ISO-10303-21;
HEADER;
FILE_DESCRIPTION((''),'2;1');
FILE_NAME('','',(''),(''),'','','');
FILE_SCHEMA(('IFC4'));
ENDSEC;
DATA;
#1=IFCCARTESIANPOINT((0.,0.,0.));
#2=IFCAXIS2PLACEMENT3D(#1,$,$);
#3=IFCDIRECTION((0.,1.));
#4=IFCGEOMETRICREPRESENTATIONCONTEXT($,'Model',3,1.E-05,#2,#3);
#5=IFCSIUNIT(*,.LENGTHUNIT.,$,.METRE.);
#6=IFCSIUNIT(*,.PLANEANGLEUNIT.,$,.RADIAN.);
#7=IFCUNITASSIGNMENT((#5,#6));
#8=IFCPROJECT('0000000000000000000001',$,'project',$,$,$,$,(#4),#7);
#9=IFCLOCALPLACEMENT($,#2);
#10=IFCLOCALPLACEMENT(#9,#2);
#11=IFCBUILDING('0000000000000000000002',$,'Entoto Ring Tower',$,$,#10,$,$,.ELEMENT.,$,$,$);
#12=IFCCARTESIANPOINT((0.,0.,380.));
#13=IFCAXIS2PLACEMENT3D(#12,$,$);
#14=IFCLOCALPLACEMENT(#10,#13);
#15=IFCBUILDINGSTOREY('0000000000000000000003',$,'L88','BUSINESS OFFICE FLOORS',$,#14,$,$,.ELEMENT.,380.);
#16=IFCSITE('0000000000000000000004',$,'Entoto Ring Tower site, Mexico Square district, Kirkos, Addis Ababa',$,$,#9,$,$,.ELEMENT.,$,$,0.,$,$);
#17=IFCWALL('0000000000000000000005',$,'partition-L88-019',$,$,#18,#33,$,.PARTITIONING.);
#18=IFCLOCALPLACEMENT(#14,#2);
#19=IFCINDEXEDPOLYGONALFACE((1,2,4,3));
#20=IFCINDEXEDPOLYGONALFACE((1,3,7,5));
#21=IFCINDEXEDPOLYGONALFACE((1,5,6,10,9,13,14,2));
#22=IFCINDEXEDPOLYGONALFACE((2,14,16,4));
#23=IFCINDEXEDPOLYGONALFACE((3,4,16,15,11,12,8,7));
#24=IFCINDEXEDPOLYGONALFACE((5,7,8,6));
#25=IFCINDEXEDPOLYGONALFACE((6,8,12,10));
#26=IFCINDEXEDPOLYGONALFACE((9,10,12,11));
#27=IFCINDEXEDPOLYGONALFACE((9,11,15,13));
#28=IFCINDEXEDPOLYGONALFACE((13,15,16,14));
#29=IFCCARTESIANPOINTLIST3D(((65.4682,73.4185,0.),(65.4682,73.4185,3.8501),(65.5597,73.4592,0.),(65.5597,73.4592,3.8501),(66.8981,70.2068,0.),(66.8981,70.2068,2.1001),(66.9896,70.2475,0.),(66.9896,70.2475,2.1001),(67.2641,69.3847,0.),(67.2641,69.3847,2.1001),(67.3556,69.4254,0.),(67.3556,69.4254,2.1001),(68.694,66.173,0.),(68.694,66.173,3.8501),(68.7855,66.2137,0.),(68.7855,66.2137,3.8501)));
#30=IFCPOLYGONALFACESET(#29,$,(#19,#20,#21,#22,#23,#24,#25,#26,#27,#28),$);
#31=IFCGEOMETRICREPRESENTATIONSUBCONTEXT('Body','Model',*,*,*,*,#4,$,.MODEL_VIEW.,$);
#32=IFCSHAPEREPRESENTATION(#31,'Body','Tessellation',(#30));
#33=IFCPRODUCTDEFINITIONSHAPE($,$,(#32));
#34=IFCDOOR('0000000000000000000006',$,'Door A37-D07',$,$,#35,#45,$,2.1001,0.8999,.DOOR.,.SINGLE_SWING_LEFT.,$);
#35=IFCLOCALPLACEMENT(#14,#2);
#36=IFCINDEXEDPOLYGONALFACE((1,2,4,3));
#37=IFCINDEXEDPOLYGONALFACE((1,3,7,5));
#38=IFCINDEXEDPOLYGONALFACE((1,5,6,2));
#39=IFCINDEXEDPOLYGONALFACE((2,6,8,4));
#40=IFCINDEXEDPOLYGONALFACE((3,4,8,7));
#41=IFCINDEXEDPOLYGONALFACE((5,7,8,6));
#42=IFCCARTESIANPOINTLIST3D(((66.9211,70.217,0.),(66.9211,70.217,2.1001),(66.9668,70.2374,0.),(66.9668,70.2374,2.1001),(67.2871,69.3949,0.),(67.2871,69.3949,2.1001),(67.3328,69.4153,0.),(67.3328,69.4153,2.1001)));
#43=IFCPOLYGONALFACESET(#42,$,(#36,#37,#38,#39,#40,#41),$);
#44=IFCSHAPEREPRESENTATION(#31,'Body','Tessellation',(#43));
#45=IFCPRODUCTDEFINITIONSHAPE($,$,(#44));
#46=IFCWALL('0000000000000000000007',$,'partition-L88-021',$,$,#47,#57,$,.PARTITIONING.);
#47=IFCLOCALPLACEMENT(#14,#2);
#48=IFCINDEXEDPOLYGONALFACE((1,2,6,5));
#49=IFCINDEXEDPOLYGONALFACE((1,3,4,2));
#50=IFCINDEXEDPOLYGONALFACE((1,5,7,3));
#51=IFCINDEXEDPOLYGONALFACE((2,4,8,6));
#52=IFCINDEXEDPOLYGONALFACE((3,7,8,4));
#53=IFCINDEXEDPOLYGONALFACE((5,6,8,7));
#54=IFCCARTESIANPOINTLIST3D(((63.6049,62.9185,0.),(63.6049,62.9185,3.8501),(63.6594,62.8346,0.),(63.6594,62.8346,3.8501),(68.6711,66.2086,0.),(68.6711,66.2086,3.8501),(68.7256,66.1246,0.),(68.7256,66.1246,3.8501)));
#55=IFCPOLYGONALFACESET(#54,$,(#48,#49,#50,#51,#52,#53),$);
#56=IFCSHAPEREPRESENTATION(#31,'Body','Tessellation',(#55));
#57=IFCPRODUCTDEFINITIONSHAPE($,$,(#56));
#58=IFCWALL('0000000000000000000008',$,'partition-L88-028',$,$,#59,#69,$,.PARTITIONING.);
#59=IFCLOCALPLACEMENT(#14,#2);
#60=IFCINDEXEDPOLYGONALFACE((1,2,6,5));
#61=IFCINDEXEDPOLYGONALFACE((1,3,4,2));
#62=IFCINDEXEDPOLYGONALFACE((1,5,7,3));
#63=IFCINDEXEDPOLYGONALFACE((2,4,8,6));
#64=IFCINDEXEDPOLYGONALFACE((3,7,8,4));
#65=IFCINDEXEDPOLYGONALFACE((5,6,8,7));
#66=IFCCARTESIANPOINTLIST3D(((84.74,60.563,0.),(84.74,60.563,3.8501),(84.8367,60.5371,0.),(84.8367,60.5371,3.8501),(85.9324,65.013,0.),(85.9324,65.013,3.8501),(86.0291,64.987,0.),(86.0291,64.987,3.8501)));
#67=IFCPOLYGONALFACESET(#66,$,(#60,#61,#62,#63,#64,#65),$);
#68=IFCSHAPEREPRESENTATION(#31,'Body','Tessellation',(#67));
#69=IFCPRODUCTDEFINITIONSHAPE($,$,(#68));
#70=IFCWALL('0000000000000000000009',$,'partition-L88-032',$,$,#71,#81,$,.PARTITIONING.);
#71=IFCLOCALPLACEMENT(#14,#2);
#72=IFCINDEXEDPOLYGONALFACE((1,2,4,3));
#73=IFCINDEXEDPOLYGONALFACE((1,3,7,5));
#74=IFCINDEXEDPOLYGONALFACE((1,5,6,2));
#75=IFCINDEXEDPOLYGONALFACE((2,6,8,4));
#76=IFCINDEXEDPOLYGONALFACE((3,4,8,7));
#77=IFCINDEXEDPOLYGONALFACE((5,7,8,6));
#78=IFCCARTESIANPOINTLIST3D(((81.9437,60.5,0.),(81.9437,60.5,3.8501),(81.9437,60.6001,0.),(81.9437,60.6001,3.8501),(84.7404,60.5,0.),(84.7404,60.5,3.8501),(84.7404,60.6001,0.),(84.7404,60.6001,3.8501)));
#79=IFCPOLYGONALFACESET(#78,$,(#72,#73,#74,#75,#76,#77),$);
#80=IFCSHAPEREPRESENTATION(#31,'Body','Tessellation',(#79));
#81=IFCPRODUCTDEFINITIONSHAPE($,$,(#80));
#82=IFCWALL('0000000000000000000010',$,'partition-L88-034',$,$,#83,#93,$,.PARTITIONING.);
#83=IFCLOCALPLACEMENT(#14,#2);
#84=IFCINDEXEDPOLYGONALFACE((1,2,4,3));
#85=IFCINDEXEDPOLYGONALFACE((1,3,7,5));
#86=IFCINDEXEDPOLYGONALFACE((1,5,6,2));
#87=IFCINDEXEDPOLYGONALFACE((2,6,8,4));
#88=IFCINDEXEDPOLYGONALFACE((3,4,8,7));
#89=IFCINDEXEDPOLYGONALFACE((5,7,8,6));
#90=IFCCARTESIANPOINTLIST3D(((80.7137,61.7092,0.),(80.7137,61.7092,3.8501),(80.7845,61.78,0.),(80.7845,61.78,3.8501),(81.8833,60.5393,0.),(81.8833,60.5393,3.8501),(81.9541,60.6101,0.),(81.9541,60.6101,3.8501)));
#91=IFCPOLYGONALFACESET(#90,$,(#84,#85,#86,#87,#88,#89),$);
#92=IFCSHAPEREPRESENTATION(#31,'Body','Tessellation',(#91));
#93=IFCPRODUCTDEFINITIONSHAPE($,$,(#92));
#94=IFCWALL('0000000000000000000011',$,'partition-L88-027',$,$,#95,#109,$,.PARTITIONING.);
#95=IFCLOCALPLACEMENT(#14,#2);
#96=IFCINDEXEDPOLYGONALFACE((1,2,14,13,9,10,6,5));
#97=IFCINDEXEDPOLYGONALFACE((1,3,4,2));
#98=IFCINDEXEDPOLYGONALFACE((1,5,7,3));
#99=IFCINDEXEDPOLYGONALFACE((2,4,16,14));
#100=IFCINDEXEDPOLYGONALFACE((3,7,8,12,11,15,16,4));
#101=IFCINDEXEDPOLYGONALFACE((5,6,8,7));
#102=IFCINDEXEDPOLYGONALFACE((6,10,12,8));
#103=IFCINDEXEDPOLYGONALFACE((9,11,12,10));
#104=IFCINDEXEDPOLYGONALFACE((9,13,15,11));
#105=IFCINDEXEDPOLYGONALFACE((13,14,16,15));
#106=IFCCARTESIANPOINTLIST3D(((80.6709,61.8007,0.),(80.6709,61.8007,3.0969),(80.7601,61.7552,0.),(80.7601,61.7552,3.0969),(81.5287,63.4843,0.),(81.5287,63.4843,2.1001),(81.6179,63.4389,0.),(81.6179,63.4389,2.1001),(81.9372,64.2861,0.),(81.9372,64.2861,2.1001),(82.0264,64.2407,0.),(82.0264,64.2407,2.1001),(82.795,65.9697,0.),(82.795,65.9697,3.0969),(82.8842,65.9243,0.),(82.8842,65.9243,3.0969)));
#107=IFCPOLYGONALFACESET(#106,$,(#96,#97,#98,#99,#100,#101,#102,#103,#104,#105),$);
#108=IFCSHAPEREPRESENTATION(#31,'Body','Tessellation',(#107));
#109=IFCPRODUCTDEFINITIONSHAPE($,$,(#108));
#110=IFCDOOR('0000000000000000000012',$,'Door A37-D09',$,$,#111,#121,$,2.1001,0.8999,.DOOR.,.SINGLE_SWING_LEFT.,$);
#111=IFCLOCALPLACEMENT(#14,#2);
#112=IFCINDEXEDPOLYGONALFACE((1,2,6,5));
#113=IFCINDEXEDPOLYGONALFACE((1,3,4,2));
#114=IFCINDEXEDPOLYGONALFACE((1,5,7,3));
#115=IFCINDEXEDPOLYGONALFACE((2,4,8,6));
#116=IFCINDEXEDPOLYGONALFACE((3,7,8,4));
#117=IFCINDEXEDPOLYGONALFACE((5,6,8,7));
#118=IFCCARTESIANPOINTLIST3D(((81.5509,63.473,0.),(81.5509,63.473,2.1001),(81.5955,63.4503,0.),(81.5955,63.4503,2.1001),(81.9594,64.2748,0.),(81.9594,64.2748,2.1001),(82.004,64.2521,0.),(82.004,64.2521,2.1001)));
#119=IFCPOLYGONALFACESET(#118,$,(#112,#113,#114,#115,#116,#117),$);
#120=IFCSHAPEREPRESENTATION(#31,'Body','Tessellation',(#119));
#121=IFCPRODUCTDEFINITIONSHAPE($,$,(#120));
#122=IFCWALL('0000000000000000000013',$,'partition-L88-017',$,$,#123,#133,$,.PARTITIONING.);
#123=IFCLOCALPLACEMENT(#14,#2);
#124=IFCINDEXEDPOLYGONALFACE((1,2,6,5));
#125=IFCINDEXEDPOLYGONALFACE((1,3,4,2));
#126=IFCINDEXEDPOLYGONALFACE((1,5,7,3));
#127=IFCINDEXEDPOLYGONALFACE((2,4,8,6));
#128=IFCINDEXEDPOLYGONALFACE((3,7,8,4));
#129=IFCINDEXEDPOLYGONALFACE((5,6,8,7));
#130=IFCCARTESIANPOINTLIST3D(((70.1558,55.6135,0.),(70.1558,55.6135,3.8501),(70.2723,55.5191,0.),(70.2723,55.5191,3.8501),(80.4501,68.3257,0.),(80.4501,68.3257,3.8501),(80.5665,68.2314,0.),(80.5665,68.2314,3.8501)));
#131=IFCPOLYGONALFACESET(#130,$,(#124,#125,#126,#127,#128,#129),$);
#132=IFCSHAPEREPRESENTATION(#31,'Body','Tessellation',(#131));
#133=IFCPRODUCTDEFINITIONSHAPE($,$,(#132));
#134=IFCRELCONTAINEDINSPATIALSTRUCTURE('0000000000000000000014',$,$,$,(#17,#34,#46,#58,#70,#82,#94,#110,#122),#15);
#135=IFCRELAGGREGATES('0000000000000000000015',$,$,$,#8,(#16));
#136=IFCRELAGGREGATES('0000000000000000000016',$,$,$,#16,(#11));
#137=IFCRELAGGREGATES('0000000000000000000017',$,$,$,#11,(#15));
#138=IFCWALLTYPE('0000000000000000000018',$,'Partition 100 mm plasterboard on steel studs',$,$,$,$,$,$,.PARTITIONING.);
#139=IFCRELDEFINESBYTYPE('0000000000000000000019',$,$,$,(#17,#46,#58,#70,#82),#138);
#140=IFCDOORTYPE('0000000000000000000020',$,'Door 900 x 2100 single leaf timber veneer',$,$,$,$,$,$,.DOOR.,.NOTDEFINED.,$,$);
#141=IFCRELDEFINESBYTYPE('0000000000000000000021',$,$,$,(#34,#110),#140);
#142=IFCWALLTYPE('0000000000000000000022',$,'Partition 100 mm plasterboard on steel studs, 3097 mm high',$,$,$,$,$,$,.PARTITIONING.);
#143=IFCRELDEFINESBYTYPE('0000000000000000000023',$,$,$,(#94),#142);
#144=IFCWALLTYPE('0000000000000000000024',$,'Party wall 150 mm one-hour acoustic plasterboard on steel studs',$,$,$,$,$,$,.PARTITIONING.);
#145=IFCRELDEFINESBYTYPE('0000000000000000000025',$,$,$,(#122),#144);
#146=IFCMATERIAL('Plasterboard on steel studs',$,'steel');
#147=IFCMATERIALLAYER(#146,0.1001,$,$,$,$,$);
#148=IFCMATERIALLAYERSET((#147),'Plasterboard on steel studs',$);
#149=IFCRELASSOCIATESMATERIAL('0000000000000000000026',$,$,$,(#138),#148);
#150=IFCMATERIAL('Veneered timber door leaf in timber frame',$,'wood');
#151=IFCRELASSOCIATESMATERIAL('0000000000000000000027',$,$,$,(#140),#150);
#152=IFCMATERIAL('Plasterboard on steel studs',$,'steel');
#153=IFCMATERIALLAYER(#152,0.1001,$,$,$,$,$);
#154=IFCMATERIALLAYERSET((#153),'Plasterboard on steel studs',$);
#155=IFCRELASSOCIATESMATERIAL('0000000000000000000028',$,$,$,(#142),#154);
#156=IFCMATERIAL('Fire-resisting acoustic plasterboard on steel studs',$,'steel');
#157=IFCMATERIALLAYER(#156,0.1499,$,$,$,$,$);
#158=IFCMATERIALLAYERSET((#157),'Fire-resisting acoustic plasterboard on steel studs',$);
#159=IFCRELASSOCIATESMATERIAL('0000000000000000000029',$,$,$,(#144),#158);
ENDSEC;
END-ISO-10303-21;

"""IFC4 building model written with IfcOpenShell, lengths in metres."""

from ifc_helpers import new_model, si_unit, direction, frame, frame_2d, origin, place, context, subcontext, project, spatial, rectangle, extrude, material, layer, layer_set, type_object, element, fill, save


model = new_model("IFC4")

# Units and contexts
model_context = context("Model", 3, precision=1e-05, world=origin(), true_north=direction((0.0, 1.0)))
body_context = subcontext(model_context, "Body", "Model", "MODEL_VIEW")
ifc_project = project(units=[si_unit("LENGTHUNIT", "METRE"), si_unit("PLANEANGLEUNIT", "RADIAN")], contexts=[model_context])

# Site, building, storey
site_placement = place(None, origin())
site = spatial("IfcSite", under=ifc_project, at=site_placement, Name="Entoto Ring Tower site, Mexico Square district, Kirkos, Addis Ababa", CompositionType="ELEMENT", RefElevation=0.0)
building_placement = place(site_placement, origin())
building = spatial("IfcBuilding", under=site, at=building_placement, Name="Entoto Ring Tower", CompositionType="ELEMENT")
storey_placement = place(building_placement, frame((0.0, 0.0, 380.0)))
storey = spatial("IfcBuildingStorey", under=building, at=storey_placement, Name="L88", Description="BUSINESS OFFICE FLOORS", CompositionType="ELEMENT", Elevation=380.0)

# Wall, opening, door
ifc_material_1 = material(Name="Plasterboard on steel studs", Category="steel")
ifc_layer_1 = layer(ifc_material_1, 0.1001)
ifc_layer_set_1 = layer_set([ifc_layer_1], Name="Plasterboard on steel studs")
wall_type_1 = type_object("IfcWallType", Name="Partition 100 mm plasterboard on steel studs", PredefinedType="PARTITIONING", material=ifc_layer_set_1)
wall_1_placement = place(storey_placement, frame((68.7397, 66.1934, 0.0), z_axis=(0.0, 0.0, 1.0), x_axis=(-0.406724, 0.913551, 0.0)))
wall_1 = element("IfcWall", 1, at=wall_1_placement, inside=storey, type_object=wall_type_1, Name="partition-L88-019", PredefinedType="PARTITIONING", context=body_context, shape_type="SweptSolid", body=[
    extrude(rectangle(XDim=7.9312, YDim=0.1001, at=frame_2d((3.9656, 0.0))), origin(), (0.0, 0.0, 1.0), 3.8501),
])
opening_1_placement = place(wall_1_placement, frame((3.5156, 0.0, 0.0)))
opening_1 = element("IfcOpeningElement", 2, at=opening_1_placement, cuts=wall_1, PredefinedType="OPENING", context=body_context, shape_type="SweptSolid", body=[
    extrude(rectangle(XDim=0.8999, YDim=2.1001, at=frame_2d((0.45, 1.05))), frame((0.0, 0.0601, 0.0), z_axis=(0.0, -1.0, 0.0), x_axis=(1.0, 0.0, 0.0)), (0.0, 0.0, 1.0), 0.1201),
])
ifc_material_2 = material(Name="Veneered timber door leaf in timber frame", Category="wood")
door_type_1 = type_object("IfcDoorType", Name="Door 900 x 2100 single leaf timber veneer", OperationType="NOTDEFINED", PredefinedType="DOOR", material=ifc_material_2)
door_1_placement = place(opening_1_placement, origin())
door_1 = element("IfcDoor", 3, at=door_1_placement, inside=storey, type_object=door_type_1, Name="Door A37-D07", OperationType="SINGLE_SWING_LEFT", OverallHeight=2.1001, OverallWidth=0.8999, PredefinedType="DOOR", context=body_context, shape_type="SweptSolid", body=[
    extrude(rectangle(XDim=0.8999, YDim=2.1001, at=frame_2d((0.45, 1.05))), frame((0.0, 0.0249, 0.0), z_axis=(0.0, -1.0, 0.0), x_axis=(1.0, 0.0, 0.0)), (0.0, 0.0, 1.0), 0.05),
])
fill(opening_1, door_1)

# Walls
wall_2_placement = place(storey_placement, frame((63.6321, 62.8765, 0.0), z_axis=(0.0, 0.0, 1.0), x_axis=(0.838668, 0.544643, 0.0)))
element("IfcWall", 4, at=wall_2_placement, inside=storey, type_object=wall_type_1, Name="partition-L88-021", PredefinedType="PARTITIONING", context=body_context, shape_type="SweptSolid", body=[
    extrude(rectangle(XDim=6.0408, YDim=0.1001, at=frame_2d((3.0205, 0.0))), origin(), (0.0, 0.0, 1.0), 3.8501),
])
wall_3_placement = place(storey_placement, frame((84.7883, 60.55, 0.0), z_axis=(0.0, 0.0, 1.0), x_axis=(0.258823, 0.965925, 0.0)))
element("IfcWall", 5, at=wall_3_placement, inside=storey, type_object=wall_type_1, Name="partition-L88-028", PredefinedType="PARTITIONING", context=body_context, shape_type="SweptSolid", body=[
    extrude(rectangle(XDim=4.6069, YDim=0.1001, at=frame_2d((2.3035, 0.0))), origin(), (0.0, 0.0, 1.0), 3.8501),
])
wall_4_placement = place(storey_placement, frame((81.9436, 60.55, 0.0), z_axis=(0.0, 0.0, 1.0), x_axis=(1.0, 0.0, 0.0)))
element("IfcWall", 6, at=wall_4_placement, inside=storey, type_object=wall_type_1, Name="partition-L88-032", PredefinedType="PARTITIONING", context=body_context, shape_type="SweptSolid", body=[
    extrude(rectangle(XDim=2.7966, YDim=0.1001, at=frame_2d((1.3984, 0.0))), origin(), (0.0, 0.0, 1.0), 3.8501),
])
wall_5_placement = place(storey_placement, frame((81.9187, 60.5747, 0.0), z_axis=(0.0, 0.0, 1.0), x_axis=(-0.707033, 0.707181, 0.0)))
element("IfcWall", 7, at=wall_5_placement, inside=storey, type_object=wall_type_1, Name="partition-L88-034", PredefinedType="PARTITIONING", context=body_context, shape_type="SweptSolid", body=[
    extrude(rectangle(XDim=1.6543, YDim=0.1001, at=frame_2d((0.8271, 0.0))), origin(), (0.0, 0.0, 1.0), 3.8501),
])

# Wall, opening, door
ifc_material_3 = material(Name="Plasterboard on steel studs", Category="steel")
ifc_layer_2 = layer(ifc_material_3, 0.1001)
ifc_layer_set_2 = layer_set([ifc_layer_2], Name="Plasterboard on steel studs")
wall_type_2 = type_object("IfcWallType", Name="Partition 100 mm plasterboard on steel studs, 3097 mm high", PredefinedType="PARTITIONING", material=ifc_layer_set_2)
wall_6_placement = place(storey_placement, frame((80.7156, 61.7781, 0.0), z_axis=(0.0, 0.0, 1.0), x_axis=(0.453963, 0.89102, 0.0)))
wall_6 = element("IfcWall", 8, at=wall_6_placement, inside=storey, type_object=wall_type_2, Name="partition-L88-027", PredefinedType="PARTITIONING", context=body_context, shape_type="SweptSolid", body=[
    extrude(rectangle(XDim=4.679, YDim=0.1001, at=frame_2d((2.3394, 0.0))), origin(), (0.0, 0.0, 1.0), 3.0969),
])
opening_2_placement = place(wall_6_placement, frame((1.8894, 0.0, 0.0)))
opening_2 = element("IfcOpeningElement", 9, at=opening_2_placement, cuts=wall_6, PredefinedType="OPENING", context=body_context, shape_type="SweptSolid", body=[
    extrude(rectangle(XDim=0.8999, YDim=2.1001, at=frame_2d((0.45, 1.05))), frame((0.0, 0.0601, 0.0), z_axis=(0.0, -1.0, 0.0), x_axis=(1.0, 0.0, 0.0)), (0.0, 0.0, 1.0), 0.1201),
])
door_2_placement = place(opening_2_placement, frame((0.8999, 0.0, 0.0), z_axis=(0.0, 0.0, 1.0), x_axis=(-1.0, 0.0, 0.0)))
door_2 = element("IfcDoor", 10, at=door_2_placement, inside=storey, type_object=door_type_1, Name="Door A37-D09", OperationType="SINGLE_SWING_LEFT", OverallHeight=2.1001, OverallWidth=0.8999, PredefinedType="DOOR", context=body_context, shape_type="SweptSolid", body=[
    extrude(rectangle(XDim=0.8999, YDim=2.1001, at=frame_2d((0.45, 1.05))), frame((0.0, 0.0249, 0.0), z_axis=(0.0, -1.0, 0.0), x_axis=(1.0, 0.0, 0.0)), (0.0, 0.0, 1.0), 0.05),
])
fill(opening_2, door_2)

# Wall
ifc_material_4 = material(Name="Fire-resisting acoustic plasterboard on steel studs", Category="steel")
ifc_layer_3 = layer(ifc_material_4, 0.1499)
ifc_layer_set_3 = layer_set([ifc_layer_3], Name="Fire-resisting acoustic plasterboard on steel studs")
wall_type_3 = type_object("IfcWallType", Name="Party wall 150 mm one-hour acoustic plasterboard on steel studs", PredefinedType="PARTITIONING", material=ifc_layer_set_3)
wall_7_placement = place(storey_placement, frame((70.2141, 55.5664, 0.0), z_axis=(0.0, 0.0, 1.0), x_axis=(0.629324, 0.777143, 0.0)))
element("IfcWall", 11, at=wall_7_placement, inside=storey, type_object=wall_type_3, Name="partition-L88-017", PredefinedType="PARTITIONING", context=body_context, shape_type="SweptSolid", body=[
    extrude(rectangle(XDim=16.3577, YDim=0.1499, at=frame_2d((8.1787, 0.0))), origin(), (0.0, 0.0, 1.0), 3.8501),
])

save(model, "model.ifc")
